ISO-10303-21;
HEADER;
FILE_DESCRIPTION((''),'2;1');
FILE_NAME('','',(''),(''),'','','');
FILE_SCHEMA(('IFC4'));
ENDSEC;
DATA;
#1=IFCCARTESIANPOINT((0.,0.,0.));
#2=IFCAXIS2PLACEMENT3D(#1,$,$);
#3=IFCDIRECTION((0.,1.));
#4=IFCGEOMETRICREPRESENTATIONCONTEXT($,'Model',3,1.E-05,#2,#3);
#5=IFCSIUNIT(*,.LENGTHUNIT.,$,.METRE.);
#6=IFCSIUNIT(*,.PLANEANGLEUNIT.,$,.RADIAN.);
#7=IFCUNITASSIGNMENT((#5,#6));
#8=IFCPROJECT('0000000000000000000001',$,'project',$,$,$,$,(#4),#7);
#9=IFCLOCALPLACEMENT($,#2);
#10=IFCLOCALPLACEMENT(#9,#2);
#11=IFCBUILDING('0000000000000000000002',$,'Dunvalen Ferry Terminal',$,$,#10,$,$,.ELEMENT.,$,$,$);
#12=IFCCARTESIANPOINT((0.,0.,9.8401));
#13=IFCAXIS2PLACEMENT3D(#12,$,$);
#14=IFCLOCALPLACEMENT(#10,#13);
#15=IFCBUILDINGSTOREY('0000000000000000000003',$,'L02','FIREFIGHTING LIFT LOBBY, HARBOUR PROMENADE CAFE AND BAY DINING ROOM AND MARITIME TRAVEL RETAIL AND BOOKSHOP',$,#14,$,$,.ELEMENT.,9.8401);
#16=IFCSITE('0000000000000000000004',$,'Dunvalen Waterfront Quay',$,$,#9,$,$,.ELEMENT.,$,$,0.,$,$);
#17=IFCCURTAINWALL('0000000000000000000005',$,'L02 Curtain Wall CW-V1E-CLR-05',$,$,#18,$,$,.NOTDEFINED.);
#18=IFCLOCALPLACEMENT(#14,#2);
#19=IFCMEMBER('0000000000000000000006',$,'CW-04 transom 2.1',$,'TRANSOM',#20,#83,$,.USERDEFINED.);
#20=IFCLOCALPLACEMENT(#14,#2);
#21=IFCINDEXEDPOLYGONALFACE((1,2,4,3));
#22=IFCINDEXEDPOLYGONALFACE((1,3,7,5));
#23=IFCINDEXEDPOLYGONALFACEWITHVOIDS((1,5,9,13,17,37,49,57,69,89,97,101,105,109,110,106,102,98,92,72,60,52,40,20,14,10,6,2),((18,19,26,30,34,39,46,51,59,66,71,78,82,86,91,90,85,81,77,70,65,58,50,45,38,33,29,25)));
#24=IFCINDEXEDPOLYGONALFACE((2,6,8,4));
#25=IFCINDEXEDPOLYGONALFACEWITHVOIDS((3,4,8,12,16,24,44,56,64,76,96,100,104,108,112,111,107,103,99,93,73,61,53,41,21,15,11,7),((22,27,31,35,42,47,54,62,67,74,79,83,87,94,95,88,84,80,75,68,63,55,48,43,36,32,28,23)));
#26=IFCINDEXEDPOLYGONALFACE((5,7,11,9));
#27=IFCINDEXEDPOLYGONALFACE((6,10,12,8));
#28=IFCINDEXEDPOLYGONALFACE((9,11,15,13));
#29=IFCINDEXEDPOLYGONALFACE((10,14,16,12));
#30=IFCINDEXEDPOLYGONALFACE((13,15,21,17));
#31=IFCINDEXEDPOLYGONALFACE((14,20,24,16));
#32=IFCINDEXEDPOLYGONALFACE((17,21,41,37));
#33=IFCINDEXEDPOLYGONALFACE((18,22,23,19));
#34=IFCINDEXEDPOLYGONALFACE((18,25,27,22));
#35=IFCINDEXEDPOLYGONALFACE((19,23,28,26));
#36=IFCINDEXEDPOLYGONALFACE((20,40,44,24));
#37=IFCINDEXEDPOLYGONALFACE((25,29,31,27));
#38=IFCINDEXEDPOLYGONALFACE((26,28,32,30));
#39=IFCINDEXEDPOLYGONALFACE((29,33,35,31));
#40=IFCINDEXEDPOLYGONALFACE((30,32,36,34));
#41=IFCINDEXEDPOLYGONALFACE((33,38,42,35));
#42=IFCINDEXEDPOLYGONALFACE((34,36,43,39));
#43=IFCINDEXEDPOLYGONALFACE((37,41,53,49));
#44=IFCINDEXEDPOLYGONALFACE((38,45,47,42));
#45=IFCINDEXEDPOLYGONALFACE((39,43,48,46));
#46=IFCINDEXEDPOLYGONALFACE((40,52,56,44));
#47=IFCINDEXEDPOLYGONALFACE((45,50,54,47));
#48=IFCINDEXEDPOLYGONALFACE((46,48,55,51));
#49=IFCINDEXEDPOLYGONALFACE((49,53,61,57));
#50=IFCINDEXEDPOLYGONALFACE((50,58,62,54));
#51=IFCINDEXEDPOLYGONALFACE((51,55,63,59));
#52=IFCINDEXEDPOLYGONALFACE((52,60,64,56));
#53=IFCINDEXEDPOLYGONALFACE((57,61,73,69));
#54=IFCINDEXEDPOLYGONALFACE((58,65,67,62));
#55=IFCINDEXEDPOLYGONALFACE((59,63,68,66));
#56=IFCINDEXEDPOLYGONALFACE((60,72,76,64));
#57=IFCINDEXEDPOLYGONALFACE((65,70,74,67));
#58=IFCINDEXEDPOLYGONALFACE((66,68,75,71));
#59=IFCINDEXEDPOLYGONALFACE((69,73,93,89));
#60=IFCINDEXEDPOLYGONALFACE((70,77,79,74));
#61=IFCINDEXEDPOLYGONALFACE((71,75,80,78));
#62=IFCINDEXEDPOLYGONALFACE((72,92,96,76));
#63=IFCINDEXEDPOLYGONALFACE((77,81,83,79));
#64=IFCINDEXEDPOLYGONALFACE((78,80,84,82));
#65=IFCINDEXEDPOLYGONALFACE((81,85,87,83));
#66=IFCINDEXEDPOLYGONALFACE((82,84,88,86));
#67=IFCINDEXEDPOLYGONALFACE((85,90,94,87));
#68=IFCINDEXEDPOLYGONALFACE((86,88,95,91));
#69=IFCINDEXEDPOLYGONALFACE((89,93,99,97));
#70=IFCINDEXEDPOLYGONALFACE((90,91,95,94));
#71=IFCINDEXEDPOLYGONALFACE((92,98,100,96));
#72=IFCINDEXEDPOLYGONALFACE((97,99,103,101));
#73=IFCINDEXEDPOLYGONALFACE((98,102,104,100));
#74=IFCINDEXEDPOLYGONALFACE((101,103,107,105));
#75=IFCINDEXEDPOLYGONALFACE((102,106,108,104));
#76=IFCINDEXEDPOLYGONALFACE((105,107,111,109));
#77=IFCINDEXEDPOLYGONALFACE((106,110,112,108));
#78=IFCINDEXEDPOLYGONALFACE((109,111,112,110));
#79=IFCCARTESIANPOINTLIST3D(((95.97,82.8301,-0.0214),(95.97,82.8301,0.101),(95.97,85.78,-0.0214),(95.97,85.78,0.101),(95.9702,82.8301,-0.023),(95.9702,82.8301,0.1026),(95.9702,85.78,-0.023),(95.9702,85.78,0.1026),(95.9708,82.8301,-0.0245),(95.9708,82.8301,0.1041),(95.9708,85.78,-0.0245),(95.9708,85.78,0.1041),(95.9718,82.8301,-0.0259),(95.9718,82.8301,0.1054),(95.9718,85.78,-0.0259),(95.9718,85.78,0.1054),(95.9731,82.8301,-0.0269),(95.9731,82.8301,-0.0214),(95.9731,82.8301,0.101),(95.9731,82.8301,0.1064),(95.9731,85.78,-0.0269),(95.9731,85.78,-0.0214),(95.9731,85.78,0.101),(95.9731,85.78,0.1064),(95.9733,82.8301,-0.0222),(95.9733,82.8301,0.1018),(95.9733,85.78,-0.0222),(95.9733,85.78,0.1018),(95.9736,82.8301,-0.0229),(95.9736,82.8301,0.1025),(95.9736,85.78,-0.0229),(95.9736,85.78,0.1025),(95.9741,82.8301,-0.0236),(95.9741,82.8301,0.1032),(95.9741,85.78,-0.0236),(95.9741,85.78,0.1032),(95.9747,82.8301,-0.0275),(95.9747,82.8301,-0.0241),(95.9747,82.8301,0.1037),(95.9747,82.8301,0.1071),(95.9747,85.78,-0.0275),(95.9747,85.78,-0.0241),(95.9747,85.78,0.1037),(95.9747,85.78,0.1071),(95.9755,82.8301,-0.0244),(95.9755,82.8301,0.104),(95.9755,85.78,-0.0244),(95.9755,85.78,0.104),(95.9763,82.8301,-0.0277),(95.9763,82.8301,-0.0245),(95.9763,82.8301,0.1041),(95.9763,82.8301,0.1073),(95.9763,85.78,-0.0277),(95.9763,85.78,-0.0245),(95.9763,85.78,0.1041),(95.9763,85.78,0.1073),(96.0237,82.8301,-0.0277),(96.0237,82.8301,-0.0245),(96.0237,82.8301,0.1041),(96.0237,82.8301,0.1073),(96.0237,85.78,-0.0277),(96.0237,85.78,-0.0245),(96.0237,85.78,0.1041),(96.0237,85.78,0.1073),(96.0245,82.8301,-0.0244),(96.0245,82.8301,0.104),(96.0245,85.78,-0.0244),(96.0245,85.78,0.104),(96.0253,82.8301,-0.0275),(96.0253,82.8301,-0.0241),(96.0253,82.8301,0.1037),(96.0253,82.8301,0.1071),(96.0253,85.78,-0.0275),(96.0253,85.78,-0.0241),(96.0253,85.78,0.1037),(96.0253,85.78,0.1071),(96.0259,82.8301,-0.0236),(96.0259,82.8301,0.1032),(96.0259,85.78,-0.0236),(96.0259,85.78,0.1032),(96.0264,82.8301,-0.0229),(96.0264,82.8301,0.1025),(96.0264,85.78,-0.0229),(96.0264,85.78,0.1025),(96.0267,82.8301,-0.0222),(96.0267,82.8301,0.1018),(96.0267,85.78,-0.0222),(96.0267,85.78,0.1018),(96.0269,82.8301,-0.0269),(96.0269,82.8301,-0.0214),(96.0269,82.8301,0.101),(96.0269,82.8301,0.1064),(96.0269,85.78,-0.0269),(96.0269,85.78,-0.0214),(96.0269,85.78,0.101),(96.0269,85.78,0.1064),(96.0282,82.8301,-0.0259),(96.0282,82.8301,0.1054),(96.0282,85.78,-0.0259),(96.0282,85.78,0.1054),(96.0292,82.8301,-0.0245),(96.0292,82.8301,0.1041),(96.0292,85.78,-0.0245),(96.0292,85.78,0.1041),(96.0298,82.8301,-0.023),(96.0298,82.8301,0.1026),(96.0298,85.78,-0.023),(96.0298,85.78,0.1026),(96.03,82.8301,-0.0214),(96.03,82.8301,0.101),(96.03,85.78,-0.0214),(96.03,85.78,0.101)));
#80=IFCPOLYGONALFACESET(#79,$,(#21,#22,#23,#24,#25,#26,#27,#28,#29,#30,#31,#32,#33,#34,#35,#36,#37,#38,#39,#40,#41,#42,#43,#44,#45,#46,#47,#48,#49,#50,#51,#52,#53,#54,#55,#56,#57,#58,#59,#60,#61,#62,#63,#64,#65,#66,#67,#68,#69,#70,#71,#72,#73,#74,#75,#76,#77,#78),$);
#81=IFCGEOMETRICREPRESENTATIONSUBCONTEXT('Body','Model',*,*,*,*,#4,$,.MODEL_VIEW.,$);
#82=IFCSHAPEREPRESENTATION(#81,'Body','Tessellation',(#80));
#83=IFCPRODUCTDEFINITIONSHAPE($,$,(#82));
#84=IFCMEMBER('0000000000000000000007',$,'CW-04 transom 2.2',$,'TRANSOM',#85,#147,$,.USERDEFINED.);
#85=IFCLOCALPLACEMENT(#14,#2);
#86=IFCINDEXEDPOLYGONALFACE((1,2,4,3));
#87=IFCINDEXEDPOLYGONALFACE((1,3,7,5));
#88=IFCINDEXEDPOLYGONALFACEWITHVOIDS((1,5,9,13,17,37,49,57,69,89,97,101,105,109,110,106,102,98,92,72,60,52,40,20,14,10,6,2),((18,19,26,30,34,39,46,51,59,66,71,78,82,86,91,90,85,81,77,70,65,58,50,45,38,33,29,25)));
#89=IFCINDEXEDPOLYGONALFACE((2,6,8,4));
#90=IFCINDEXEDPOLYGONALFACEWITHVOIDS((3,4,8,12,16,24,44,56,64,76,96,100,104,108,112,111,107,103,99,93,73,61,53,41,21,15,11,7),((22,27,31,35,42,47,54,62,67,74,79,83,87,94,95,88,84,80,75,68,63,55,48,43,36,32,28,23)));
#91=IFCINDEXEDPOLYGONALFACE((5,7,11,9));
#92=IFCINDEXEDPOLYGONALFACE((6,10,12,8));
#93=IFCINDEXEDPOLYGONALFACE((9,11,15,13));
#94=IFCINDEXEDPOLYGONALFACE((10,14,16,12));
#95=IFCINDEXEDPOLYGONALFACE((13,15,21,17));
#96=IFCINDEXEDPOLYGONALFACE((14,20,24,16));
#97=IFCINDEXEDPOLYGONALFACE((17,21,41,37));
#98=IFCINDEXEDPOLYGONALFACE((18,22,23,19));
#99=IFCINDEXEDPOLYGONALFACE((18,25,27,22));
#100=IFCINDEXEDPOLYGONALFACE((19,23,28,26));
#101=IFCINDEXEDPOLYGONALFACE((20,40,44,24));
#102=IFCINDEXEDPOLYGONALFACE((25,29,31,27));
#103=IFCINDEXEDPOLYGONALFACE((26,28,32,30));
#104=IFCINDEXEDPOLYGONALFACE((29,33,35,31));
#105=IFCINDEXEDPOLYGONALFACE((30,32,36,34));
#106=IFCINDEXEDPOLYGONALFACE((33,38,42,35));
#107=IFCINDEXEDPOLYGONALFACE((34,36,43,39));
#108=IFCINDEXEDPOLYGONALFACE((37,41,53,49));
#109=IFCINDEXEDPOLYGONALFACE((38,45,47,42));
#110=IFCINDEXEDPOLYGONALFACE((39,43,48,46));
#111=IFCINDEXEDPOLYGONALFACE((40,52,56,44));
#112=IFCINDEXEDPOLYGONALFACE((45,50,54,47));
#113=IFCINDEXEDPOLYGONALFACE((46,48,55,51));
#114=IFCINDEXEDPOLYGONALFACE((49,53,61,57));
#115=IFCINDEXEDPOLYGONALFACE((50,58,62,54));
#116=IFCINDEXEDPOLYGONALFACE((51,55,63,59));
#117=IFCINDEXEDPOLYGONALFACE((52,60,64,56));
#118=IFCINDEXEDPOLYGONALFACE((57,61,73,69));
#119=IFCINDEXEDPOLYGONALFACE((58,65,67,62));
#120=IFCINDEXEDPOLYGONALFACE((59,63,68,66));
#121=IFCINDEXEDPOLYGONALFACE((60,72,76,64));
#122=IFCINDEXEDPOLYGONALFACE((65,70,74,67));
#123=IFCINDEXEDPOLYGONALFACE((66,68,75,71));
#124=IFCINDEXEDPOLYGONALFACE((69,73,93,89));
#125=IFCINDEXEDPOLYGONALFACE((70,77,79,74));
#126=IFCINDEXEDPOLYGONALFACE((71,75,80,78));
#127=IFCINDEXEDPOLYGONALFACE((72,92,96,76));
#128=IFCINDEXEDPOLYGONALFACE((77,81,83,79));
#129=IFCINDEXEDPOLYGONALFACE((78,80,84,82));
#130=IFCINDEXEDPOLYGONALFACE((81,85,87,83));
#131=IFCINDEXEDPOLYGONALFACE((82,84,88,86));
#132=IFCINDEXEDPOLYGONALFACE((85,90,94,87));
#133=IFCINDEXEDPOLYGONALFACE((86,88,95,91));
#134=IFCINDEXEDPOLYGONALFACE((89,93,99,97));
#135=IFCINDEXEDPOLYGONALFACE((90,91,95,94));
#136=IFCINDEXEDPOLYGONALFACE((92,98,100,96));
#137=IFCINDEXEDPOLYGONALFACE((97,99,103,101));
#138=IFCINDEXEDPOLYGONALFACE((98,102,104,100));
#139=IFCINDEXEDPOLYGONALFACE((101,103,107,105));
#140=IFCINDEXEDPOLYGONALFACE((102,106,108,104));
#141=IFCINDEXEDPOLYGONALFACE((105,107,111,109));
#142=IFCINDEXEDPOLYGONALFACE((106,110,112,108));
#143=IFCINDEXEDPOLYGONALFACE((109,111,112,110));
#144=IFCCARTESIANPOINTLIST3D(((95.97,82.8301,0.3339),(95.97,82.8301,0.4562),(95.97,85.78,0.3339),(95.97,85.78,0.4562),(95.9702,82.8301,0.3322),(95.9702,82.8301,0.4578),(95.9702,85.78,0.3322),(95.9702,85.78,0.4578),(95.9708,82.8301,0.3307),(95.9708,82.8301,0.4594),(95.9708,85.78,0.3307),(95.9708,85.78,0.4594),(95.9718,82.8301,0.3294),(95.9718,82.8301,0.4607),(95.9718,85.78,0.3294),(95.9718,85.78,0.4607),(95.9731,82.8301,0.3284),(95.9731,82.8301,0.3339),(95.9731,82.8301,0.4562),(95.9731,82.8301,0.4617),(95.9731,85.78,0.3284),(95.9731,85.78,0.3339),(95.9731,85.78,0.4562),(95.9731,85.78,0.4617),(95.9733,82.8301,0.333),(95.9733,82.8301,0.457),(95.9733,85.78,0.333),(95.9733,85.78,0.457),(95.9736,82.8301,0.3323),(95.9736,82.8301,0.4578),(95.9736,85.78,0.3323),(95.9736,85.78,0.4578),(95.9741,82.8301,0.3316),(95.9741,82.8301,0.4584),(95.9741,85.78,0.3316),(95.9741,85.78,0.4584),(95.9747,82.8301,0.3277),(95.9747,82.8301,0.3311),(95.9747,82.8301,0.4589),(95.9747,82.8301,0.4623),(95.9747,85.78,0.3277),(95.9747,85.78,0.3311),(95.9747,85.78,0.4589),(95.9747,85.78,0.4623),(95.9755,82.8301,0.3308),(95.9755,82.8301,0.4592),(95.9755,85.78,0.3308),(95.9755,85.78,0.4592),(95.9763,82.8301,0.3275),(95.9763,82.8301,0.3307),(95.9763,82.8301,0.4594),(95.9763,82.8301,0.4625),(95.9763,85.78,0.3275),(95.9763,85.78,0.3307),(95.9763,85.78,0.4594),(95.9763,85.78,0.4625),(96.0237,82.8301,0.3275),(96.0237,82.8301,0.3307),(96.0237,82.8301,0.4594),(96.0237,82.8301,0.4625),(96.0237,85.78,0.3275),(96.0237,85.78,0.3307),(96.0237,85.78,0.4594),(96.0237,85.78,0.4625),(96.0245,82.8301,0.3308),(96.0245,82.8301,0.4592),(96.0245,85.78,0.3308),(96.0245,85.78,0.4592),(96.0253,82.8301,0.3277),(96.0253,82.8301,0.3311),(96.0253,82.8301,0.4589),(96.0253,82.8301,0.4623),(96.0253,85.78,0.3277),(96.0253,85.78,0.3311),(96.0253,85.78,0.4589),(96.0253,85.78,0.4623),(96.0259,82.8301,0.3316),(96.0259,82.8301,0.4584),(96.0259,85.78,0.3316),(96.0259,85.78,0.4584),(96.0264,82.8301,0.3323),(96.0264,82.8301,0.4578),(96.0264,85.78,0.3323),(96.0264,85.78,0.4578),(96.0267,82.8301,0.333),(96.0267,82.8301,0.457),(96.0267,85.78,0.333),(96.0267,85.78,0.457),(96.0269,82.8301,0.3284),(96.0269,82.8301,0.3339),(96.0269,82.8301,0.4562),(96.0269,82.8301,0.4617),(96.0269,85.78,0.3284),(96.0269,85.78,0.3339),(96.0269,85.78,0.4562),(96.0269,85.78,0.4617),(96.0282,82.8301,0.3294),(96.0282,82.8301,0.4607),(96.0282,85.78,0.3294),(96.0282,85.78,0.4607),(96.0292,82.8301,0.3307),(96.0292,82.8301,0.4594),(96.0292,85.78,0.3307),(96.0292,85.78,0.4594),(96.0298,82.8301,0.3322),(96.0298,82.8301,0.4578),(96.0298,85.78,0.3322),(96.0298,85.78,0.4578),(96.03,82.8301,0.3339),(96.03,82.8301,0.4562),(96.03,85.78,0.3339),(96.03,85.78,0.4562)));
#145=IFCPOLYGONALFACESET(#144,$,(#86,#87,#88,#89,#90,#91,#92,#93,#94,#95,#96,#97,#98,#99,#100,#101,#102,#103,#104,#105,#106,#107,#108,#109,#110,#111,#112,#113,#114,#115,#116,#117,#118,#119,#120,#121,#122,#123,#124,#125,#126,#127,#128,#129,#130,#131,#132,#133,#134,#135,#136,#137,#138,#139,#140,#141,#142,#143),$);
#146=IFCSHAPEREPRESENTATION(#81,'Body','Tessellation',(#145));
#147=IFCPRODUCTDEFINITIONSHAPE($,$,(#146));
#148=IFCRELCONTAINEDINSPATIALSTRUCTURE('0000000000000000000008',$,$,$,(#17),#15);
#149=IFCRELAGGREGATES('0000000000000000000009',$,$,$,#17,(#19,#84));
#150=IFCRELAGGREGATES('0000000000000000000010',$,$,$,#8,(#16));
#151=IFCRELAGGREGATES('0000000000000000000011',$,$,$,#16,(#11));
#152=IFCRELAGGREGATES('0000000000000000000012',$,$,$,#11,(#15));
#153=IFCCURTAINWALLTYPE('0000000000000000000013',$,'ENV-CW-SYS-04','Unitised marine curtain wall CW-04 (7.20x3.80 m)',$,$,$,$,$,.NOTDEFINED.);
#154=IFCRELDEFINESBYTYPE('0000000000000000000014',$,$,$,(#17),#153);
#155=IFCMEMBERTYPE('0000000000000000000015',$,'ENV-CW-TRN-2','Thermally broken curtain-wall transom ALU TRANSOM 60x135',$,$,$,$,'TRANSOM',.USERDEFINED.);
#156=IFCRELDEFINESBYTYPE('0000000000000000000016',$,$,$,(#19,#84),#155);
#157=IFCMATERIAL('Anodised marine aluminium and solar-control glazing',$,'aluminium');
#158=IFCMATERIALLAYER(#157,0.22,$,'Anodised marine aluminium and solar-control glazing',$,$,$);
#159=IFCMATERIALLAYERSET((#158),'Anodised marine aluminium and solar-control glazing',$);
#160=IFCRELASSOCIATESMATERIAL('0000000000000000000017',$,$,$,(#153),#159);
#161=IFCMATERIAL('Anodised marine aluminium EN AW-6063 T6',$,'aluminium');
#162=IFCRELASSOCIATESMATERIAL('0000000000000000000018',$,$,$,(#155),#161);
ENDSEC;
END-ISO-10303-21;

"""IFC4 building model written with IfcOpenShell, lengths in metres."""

from ifc_helpers import new_model, si_unit, direction, frame, origin, origin_2d, place, context, subcontext, project, spatial, hollow_rectangle, extrude, material, layer, layer_set, material_profile, profile_set, type_object, element, aggregate, save


model = new_model("IFC4")

# Units and contexts
model_context = context("Model", 3, precision=1e-05, world=origin(), true_north=direction((0.0, 1.0)))
body_context = subcontext(model_context, "Body", "Model", "MODEL_VIEW")
ifc_project = project(units=[si_unit("LENGTHUNIT", "METRE"), si_unit("PLANEANGLEUNIT", "RADIAN")], contexts=[model_context])

# Site, building, storey
site_placement = place(None, origin())
site = spatial("IfcSite", under=ifc_project, at=site_placement, Name="Dunvalen Waterfront Quay", CompositionType="ELEMENT", RefElevation=0.0)
building_placement = place(site_placement, origin())
building = spatial("IfcBuilding", under=site, at=building_placement, Name="Dunvalen Ferry Terminal", CompositionType="ELEMENT")
storey_placement = place(building_placement, frame((0.0, 0.0, 9.8401)))
storey = spatial("IfcBuildingStorey", under=building, at=storey_placement, Name="L02", Description="FIREFIGHTING LIFT LOBBY, HARBOUR PROMENADE CAFE AND BAY DINING ROOM AND MARITIME TRAVEL RETAIL AND BOOKSHOP", CompositionType="ELEMENT", Elevation=9.8401)

# Curtain wall, members
ifc_material_1 = material(Name="Anodised marine aluminium and solar-control glazing", Category="aluminium")
ifc_layer_1 = layer(ifc_material_1, 0.22, Name="Anodised marine aluminium and solar-control glazing")
ifc_layer_set_1 = layer_set([ifc_layer_1], Name="Anodised marine aluminium and solar-control glazing")
curtain_wall_type = type_object("IfcCurtainWallType", Name="ENV-CW-SYS-04", Description="Unitised marine curtain wall CW-04 (7.20x3.80 m)", PredefinedType="NOTDEFINED", material=ifc_layer_set_1)
curtain_wall_placement = place(storey_placement, origin())
curtain_wall = element("IfcCurtainWall", 1, at=curtain_wall_placement, inside=storey, type_object=curtain_wall_type, Name="L02 Curtain Wall CW-V1E-CLR-05", PredefinedType="NOTDEFINED")
ifc_material_2 = material(Name="Anodised marine aluminium EN AW-6063 T6", Category="aluminium")
ifc_material_profile_1 = material_profile(ifc_material_2, hollow_rectangle(XDim=0.0601, YDim=0.135, WallThickness=0.0032, InnerFilletRadius=0.0032, OuterFilletRadius=0.0063, at=origin_2d()), Name="Anodised marine aluminium EN AW-6063 T6")
ifc_profile_set_1 = profile_set([ifc_material_profile_1], Name="Anodised marine aluminium EN AW-6063 T6")
member_type_1 = type_object("IfcMemberType", Name="ENV-CW-TRN-2", Description="Thermally broken curtain-wall transom ALU TRANSOM 60x135", ElementType="TRANSOM", PredefinedType="USERDEFINED", material=ifc_profile_set_1)
member_1_placement = place(storey_placement, frame((96.0, 82.8301, 0.0398), z_axis=(0.0, 1.0, 0.0), x_axis=(-1.0, 0.0, 0.0)))
member_1 = element("IfcMember", 2, at=member_1_placement, type_object=member_type_1, Name="CW-04 transom 2.1", ObjectType="TRANSOM", PredefinedType="USERDEFINED", context=body_context, shape_type="SweptSolid", body=[
    extrude(hollow_rectangle(XDim=0.0601, YDim=0.135, WallThickness=0.0032, InnerFilletRadius=0.0032, OuterFilletRadius=0.0063, at=origin_2d()), origin(), (0.0, 0.0, 1.0), 2.95),
])
member_2_placement = place(storey_placement, frame((96.0, 82.8301, 0.395), z_axis=(0.0, 1.0, 0.0), x_axis=(-1.0, 0.0, 0.0)))
member_2 = element("IfcMember", 3, at=member_2_placement, type_object=member_type_1, Name="CW-04 transom 2.2", ObjectType="TRANSOM", PredefinedType="USERDEFINED", context=body_context, shape_type="SweptSolid", body=[
    extrude(hollow_rectangle(XDim=0.0601, YDim=0.135, WallThickness=0.0032, InnerFilletRadius=0.0032, OuterFilletRadius=0.0063, at=origin_2d()), origin(), (0.0, 0.0, 1.0), 2.95),
])

aggregate(curtain_wall, [member_1, member_2])

save(model, "model.ifc")
